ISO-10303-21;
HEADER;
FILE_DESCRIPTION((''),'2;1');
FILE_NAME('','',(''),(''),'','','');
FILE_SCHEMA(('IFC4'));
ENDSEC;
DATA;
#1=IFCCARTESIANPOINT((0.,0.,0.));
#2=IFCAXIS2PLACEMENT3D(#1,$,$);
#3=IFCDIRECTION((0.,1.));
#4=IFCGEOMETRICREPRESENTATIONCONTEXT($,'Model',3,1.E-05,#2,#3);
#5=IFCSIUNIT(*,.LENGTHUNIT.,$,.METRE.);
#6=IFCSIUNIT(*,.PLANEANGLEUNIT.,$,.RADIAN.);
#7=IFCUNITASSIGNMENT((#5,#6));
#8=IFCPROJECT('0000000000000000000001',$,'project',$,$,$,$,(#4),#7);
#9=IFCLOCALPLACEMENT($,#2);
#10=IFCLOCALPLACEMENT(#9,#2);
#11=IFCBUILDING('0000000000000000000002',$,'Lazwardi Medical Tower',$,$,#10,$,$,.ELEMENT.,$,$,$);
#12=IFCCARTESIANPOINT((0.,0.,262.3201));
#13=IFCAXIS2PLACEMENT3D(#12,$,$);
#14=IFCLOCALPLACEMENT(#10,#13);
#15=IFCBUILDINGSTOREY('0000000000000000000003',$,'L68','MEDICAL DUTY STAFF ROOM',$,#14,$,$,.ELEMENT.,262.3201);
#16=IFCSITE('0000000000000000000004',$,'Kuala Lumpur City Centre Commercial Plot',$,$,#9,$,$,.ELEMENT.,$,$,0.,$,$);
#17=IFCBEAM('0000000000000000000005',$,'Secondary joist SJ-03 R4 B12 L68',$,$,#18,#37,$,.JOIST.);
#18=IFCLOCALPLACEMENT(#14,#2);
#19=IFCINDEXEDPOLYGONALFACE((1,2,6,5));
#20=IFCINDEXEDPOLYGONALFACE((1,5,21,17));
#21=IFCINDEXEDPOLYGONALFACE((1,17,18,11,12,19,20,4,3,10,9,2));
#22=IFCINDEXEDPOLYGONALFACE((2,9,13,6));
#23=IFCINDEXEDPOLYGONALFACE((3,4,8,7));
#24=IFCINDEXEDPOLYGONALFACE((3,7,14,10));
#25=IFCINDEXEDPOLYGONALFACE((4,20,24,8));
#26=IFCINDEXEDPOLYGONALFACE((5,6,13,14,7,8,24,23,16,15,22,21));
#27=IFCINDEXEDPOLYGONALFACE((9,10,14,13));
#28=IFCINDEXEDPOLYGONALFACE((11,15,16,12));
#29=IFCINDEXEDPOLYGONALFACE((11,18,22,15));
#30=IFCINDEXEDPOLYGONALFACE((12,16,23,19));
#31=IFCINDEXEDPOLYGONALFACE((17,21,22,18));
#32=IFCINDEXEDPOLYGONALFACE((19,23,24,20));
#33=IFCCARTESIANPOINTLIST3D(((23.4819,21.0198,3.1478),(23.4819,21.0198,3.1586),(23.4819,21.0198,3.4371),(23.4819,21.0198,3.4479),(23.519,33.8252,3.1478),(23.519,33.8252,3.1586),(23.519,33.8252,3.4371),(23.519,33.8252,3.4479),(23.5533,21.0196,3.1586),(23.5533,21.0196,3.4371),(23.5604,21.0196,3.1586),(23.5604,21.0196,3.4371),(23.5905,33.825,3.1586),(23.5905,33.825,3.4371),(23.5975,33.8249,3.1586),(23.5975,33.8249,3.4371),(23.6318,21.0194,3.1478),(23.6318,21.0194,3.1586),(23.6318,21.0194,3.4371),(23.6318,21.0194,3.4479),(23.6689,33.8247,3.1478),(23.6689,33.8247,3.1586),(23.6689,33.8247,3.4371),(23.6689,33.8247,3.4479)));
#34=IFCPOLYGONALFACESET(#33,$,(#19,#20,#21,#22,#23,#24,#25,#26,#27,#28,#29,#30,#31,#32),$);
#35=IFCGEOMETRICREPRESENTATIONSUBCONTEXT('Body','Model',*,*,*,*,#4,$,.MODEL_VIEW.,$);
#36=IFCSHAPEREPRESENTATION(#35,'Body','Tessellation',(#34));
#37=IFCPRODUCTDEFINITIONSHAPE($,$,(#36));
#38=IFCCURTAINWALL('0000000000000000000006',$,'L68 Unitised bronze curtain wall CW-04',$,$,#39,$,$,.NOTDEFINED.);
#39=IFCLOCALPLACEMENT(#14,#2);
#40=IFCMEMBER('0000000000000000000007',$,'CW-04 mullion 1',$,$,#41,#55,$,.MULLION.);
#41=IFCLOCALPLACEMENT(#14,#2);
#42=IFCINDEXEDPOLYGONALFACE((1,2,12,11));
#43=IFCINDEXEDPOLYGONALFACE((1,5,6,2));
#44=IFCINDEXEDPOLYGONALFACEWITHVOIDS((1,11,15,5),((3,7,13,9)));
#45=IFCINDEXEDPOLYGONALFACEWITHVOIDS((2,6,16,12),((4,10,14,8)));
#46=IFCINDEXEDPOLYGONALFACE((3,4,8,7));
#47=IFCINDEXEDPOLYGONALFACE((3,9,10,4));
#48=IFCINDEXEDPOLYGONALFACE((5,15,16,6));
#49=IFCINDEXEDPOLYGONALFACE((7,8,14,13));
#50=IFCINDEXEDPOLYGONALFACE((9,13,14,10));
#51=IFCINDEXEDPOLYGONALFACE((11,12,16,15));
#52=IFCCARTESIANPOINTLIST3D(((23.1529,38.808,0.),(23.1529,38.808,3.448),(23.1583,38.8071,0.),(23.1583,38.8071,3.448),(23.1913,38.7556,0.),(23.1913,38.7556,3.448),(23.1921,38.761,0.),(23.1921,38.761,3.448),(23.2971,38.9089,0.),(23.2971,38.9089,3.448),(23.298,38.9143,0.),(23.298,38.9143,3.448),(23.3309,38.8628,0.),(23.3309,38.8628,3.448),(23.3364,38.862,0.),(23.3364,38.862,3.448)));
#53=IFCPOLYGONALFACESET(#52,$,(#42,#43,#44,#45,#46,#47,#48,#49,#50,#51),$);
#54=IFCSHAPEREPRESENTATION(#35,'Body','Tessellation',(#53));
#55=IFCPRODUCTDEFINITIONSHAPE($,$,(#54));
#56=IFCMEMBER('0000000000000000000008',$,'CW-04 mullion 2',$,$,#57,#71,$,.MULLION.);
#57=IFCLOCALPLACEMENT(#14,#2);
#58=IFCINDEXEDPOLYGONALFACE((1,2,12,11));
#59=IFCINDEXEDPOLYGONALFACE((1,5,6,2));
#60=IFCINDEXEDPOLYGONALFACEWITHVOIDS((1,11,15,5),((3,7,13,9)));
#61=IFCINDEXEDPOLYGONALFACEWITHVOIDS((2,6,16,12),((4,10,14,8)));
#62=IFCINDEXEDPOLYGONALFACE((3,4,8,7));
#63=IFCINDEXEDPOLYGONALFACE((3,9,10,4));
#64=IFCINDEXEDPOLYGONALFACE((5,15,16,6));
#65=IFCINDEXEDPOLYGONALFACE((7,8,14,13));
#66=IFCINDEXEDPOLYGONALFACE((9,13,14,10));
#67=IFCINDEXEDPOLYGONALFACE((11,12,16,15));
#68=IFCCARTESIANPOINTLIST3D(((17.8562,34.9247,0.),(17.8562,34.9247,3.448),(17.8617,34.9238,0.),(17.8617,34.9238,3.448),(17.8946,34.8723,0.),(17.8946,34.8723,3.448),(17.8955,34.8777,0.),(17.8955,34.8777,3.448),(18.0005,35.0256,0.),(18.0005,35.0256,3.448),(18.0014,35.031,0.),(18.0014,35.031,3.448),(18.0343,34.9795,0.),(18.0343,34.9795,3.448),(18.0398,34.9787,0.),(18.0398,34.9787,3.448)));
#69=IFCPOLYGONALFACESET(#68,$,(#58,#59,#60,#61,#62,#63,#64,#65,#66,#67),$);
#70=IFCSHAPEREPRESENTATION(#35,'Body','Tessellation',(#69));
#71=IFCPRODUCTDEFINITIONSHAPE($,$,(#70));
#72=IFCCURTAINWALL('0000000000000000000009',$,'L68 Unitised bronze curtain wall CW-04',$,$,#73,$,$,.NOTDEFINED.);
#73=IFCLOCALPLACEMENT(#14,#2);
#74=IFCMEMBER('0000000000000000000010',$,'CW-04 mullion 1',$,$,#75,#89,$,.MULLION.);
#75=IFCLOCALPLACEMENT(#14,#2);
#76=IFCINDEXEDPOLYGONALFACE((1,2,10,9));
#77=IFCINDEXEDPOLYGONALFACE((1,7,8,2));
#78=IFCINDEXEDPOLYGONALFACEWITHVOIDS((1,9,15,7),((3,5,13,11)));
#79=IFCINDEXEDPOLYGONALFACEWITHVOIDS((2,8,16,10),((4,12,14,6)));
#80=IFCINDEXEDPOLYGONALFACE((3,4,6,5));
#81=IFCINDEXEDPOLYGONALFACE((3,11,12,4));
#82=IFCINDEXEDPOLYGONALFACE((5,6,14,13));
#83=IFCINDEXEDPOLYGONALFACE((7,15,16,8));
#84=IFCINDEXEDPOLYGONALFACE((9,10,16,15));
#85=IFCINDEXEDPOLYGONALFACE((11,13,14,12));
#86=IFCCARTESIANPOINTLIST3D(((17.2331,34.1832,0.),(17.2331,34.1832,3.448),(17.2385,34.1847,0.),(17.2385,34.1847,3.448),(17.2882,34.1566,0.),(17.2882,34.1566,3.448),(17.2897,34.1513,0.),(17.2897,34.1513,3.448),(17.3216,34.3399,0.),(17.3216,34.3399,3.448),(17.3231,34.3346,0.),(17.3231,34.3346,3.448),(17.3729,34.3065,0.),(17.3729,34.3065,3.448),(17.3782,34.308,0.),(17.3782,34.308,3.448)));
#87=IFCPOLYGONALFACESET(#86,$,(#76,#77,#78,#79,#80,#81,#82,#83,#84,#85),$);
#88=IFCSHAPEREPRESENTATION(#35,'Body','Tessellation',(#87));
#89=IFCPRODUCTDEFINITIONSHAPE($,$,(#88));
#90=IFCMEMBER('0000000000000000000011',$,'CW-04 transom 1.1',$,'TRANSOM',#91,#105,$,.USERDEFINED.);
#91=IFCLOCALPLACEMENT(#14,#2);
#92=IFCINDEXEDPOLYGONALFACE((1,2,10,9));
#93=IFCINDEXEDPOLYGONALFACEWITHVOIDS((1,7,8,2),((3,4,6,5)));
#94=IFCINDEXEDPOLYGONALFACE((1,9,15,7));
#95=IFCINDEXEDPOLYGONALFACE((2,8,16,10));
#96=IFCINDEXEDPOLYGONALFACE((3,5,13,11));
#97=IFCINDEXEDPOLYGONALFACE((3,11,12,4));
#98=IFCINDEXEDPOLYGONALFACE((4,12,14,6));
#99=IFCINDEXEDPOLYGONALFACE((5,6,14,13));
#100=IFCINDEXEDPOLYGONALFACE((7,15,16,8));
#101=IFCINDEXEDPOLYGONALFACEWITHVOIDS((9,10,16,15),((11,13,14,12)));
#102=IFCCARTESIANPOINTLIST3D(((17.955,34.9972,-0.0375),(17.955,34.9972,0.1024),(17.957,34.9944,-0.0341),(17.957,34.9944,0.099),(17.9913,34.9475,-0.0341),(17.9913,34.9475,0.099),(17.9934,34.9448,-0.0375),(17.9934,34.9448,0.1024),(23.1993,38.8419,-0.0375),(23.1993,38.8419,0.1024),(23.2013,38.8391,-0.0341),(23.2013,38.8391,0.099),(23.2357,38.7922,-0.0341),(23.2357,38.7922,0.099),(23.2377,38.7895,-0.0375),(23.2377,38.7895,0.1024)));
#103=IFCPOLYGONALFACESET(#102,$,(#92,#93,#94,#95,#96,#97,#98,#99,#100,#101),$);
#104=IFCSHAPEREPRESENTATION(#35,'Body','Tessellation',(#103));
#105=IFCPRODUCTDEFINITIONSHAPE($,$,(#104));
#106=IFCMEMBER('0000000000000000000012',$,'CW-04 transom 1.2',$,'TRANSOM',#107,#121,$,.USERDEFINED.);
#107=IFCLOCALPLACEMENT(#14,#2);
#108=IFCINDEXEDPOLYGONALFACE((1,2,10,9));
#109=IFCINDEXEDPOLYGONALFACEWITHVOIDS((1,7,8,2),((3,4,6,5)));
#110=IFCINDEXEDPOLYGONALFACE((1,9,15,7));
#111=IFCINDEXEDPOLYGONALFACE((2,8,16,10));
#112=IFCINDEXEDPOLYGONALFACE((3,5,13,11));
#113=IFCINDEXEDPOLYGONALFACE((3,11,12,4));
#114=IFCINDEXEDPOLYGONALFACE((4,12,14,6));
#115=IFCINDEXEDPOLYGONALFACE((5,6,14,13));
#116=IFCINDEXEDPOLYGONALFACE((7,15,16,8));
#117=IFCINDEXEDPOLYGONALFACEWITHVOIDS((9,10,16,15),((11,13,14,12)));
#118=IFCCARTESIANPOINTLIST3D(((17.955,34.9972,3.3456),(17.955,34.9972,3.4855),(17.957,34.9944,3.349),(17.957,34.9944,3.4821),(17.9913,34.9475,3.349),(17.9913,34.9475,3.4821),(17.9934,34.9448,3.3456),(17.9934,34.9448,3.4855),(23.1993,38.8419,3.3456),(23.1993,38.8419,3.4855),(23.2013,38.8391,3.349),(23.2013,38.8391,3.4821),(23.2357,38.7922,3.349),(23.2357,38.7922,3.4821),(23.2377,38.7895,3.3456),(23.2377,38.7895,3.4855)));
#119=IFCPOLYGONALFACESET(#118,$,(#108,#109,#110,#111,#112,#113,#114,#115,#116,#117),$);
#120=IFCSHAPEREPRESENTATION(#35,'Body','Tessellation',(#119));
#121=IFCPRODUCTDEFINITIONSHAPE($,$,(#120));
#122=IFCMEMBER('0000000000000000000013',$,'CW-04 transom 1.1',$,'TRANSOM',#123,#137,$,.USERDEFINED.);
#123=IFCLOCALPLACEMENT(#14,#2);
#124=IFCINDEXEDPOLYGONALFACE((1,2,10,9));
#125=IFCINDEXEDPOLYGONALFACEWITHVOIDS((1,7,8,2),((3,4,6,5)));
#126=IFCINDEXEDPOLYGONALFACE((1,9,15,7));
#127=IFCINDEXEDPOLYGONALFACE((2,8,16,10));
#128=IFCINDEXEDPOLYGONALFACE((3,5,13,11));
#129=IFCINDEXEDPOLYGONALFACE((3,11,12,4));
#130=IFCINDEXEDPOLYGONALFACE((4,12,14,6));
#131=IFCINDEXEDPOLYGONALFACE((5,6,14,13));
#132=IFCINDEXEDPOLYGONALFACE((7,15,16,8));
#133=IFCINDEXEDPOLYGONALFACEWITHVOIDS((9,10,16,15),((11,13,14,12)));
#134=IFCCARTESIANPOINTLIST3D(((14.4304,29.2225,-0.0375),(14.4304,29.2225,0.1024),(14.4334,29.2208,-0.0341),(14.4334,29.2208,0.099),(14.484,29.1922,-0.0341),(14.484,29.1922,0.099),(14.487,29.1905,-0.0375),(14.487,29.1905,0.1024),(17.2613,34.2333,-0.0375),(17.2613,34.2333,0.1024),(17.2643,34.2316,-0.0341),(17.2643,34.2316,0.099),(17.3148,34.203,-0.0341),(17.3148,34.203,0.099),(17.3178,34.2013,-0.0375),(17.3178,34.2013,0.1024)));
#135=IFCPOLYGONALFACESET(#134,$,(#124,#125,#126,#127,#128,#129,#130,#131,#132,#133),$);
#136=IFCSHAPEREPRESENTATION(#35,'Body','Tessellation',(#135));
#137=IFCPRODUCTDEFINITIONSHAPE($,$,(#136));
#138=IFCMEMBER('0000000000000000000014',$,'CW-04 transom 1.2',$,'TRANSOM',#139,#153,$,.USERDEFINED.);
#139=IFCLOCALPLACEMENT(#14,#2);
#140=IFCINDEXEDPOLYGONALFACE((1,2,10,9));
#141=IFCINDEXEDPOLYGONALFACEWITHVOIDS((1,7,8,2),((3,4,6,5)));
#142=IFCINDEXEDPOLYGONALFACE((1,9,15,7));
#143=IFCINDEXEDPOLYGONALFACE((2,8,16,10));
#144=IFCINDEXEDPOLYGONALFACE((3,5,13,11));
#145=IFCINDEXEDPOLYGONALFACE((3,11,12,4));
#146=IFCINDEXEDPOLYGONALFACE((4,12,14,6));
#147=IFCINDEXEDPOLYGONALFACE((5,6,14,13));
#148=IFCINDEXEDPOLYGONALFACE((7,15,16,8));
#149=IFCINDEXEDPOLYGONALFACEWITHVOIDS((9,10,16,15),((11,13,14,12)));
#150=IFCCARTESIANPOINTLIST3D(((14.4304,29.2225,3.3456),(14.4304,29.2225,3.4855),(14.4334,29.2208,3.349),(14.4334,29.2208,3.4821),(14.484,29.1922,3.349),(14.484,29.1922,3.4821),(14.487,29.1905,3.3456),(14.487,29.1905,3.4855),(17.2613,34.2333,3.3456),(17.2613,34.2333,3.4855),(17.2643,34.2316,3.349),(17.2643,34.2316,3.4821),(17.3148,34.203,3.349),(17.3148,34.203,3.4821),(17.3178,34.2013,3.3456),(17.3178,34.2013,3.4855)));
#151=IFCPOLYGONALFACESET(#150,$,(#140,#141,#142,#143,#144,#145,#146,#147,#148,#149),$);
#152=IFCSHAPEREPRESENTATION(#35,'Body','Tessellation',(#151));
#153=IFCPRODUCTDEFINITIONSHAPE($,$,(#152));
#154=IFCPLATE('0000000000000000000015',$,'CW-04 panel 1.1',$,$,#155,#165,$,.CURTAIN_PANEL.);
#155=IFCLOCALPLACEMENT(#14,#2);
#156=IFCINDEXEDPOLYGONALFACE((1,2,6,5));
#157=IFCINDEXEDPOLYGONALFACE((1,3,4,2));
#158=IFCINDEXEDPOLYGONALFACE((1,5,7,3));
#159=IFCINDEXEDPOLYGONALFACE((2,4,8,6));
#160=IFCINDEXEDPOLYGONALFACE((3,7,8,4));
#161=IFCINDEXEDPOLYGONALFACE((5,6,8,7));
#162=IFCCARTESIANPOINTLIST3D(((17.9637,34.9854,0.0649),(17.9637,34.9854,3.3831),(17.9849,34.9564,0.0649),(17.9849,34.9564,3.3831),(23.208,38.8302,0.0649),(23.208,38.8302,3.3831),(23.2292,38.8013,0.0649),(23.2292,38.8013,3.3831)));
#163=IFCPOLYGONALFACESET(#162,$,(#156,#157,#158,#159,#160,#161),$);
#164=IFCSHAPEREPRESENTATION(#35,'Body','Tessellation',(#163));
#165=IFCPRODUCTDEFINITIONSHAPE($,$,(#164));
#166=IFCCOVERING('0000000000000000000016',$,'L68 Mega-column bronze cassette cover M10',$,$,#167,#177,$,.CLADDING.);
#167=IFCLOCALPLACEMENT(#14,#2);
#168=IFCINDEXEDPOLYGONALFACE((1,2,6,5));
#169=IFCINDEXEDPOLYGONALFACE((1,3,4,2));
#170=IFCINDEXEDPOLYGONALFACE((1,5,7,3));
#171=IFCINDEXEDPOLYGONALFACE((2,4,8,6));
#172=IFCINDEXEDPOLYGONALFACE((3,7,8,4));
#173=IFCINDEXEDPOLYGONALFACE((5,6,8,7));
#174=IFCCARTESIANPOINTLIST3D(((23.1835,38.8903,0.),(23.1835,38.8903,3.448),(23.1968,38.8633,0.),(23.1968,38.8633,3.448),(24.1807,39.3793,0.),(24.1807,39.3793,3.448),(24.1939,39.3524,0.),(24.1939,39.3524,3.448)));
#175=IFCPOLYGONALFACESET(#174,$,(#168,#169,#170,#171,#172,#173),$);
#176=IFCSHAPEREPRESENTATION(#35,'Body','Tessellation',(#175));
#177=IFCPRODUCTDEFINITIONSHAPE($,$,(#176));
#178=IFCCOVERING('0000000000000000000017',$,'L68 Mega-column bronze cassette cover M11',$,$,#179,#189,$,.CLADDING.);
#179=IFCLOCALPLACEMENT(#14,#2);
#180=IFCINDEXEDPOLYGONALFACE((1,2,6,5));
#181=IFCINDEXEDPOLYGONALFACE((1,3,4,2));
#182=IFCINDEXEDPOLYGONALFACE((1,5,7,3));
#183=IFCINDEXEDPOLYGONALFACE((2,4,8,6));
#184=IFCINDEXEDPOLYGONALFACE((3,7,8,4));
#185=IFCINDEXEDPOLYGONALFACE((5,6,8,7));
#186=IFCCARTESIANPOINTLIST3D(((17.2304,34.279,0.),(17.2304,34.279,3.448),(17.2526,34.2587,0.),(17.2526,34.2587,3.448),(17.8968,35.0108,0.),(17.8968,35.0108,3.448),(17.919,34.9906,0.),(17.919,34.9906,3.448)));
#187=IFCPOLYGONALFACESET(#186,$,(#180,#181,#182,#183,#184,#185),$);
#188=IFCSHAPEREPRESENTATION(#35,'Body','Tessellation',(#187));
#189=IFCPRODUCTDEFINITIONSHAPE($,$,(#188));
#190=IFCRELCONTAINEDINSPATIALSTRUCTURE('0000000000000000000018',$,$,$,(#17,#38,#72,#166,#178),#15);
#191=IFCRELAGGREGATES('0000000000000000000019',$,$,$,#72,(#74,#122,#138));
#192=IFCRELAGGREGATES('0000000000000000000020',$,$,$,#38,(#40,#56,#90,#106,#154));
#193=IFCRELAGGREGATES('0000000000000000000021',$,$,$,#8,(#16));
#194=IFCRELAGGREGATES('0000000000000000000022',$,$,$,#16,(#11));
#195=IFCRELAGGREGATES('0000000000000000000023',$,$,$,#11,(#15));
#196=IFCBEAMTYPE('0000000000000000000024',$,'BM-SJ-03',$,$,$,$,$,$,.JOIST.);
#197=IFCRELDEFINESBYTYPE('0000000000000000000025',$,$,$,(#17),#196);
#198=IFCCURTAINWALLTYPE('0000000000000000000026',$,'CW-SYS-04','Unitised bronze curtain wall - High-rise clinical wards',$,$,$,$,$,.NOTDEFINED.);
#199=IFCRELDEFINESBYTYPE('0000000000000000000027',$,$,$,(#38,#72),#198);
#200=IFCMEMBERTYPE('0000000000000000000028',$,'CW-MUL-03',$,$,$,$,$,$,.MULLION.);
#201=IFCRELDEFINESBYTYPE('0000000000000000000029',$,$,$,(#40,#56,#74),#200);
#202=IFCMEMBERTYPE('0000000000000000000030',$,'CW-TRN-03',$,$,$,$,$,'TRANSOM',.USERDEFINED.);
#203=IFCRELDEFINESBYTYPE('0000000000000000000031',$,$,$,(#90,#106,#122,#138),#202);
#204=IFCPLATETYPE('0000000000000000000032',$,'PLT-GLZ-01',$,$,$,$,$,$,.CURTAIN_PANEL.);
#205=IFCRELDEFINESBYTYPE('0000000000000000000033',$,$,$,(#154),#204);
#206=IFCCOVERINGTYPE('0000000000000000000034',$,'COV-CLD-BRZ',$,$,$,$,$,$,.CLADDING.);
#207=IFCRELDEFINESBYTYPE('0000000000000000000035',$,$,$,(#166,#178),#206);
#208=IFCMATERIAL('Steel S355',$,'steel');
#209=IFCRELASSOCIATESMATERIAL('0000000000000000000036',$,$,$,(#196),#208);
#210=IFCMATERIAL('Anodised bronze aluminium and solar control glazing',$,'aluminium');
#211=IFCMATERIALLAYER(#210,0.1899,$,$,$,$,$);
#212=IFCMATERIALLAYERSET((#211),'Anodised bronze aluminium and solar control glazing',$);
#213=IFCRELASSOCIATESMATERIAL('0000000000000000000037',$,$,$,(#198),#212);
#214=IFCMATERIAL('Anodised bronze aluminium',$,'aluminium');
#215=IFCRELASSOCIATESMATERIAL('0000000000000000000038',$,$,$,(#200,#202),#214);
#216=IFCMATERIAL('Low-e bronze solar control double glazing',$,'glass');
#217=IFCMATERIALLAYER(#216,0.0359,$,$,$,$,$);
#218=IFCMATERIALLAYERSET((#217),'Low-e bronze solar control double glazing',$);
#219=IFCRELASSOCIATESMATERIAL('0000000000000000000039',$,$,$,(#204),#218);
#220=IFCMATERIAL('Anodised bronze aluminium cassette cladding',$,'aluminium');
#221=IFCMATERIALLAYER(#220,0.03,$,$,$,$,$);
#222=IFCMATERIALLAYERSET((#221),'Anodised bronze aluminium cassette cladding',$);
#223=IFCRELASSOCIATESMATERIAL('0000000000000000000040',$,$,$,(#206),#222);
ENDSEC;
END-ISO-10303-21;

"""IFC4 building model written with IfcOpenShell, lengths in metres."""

from ifc_helpers import new_model, si_unit, direction, frame, origin, origin_2d, place, context, subcontext, project, spatial, rectangle, hollow_rectangle, i_section, extrude, material, layer, layer_set, material_profile, profile_set, type_object, element, aggregate, save


model = new_model("IFC4")

# Units and contexts
model_context = context("Model", 3, precision=1e-05, world=origin(), true_north=direction((0.0, 1.0)))
body_context = subcontext(model_context, "Body", "Model", "MODEL_VIEW")
ifc_project = project(units=[si_unit("LENGTHUNIT", "METRE"), si_unit("PLANEANGLEUNIT", "RADIAN")], contexts=[model_context])

# Site, building, storey
site_placement = place(None, origin())
site = spatial("IfcSite", under=ifc_project, at=site_placement, Name="Kuala Lumpur City Centre Commercial Plot", CompositionType="ELEMENT", RefElevation=0.0)
building_placement = place(site_placement, origin())
building = spatial("IfcBuilding", under=site, at=building_placement, Name="Lazwardi Medical Tower", CompositionType="ELEMENT")
storey_placement = place(building_placement, frame((0.0, 0.0, 262.3201)))
storey = spatial("IfcBuildingStorey", under=building, at=storey_placement, Name="L68", Description="MEDICAL DUTY STAFF ROOM", CompositionType="ELEMENT", Elevation=262.3201)

# Beam
ifc_material_1 = material(Name="Steel S355", Category="steel")
ifc_material_profile_1 = material_profile(ifc_material_1, i_section(OverallWidth=0.1499, OverallDepth=0.3, WebThickness=0.0071, FlangeThickness=0.0107, at=origin_2d()), Name="IPE 300")
ifc_profile_set_1 = profile_set([ifc_material_profile_1], Name="Steel S355")
beam_type_1 = type_object("IfcBeamType", Name="BM-SJ-03", PredefinedType="JOIST", material=ifc_profile_set_1)
beam_1_placement = place(storey_placement, frame((23.594, 33.825, 3.2979), z_axis=(-0.002898, -0.999996, 0.0), x_axis=(0.999996, -0.002898, 0.0)))
element("IfcBeam", 1, at=beam_1_placement, inside=storey, type_object=beam_type_1, Name="Secondary joist SJ-03 R4 B12 L68", PredefinedType="JOIST", context=body_context, shape_type="SweptSolid", body=[
    extrude(i_section(OverallWidth=0.1499, OverallDepth=0.3, WebThickness=0.0071, FlangeThickness=0.0107, at=origin_2d()), origin(), (0.0, 0.0, 1.0), 12.8054),
])

# Curtain wall, members
ifc_material_2 = material(Name="Anodised bronze aluminium and solar control glazing", Category="aluminium")
ifc_layer_1 = layer(ifc_material_2, 0.1899)
ifc_layer_set_1 = layer_set([ifc_layer_1], Name="Anodised bronze aluminium and solar control glazing")
curtain_wall_type = type_object("IfcCurtainWallType", Name="CW-SYS-04", Description="Unitised bronze curtain wall - High-rise clinical wards", PredefinedType="NOTDEFINED", material=ifc_layer_set_1)
curtain_wall_1_placement = place(storey_placement, origin())
curtain_wall_1 = element("IfcCurtainWall", 2, at=curtain_wall_1_placement, inside=storey, type_object=curtain_wall_type, Name="L68 Unitised bronze curtain wall CW-04", PredefinedType="NOTDEFINED")
ifc_material_3 = material(Name="Anodised bronze aluminium", Category="aluminium")
ifc_material_profile_2 = material_profile(ifc_material_3, hollow_rectangle(XDim=0.0649, YDim=0.1799, WallThickness=0.0039, at=origin_2d()), Name="ALU-MULLION 180x65x4")
ifc_profile_set_2 = profile_set([ifc_material_profile_2], Name="Anodised bronze aluminium")
member_type_1 = type_object("IfcMemberType", Name="CW-MUL-03", PredefinedType="MULLION", material=ifc_profile_set_2)
member_1_placement = place(storey_placement, frame((23.2446, 38.835, 0.0), z_axis=(0.0, 0.0, 1.0), x_axis=(0.591268, -0.806475, 0.0)))
member_1 = element("IfcMember", 3, at=member_1_placement, type_object=member_type_1, Name="CW-04 mullion 1", PredefinedType="MULLION", context=body_context, shape_type="SweptSolid", body=[
    extrude(hollow_rectangle(XDim=0.0649, YDim=0.1799, WallThickness=0.0039, at=origin_2d()), origin(), (0.0, 0.0, 1.0), 3.448),
])
member_2_placement = place(storey_placement, frame((17.948, 34.9517, 0.0), z_axis=(0.0, 0.0, 1.0), x_axis=(0.591268, -0.806475, 0.0)))
member_2 = element("IfcMember", 4, at=member_2_placement, type_object=member_type_1, Name="CW-04 mullion 2", PredefinedType="MULLION", context=body_context, shape_type="SweptSolid", body=[
    extrude(hollow_rectangle(XDim=0.0649, YDim=0.1799, WallThickness=0.0039, at=origin_2d()), origin(), (0.0, 0.0, 1.0), 3.448),
])

# Curtain wall, member
curtain_wall_2_placement = place(storey_placement, origin())
curtain_wall_2 = element("IfcCurtainWall", 5, at=curtain_wall_2_placement, inside=storey, type_object=curtain_wall_type, Name="L68 Unitised bronze curtain wall CW-04", PredefinedType="NOTDEFINED")
member_3_placement = place(storey_placement, frame((17.3057, 34.2456, 0.0), z_axis=(0.0, 0.0, 1.0), x_axis=(0.870651, -0.4919, 0.0)))
member_3 = element("IfcMember", 6, at=member_3_placement, type_object=member_type_1, Name="CW-04 mullion 1", PredefinedType="MULLION", context=body_context, shape_type="SweptSolid", body=[
    extrude(hollow_rectangle(XDim=0.0649, YDim=0.1799, WallThickness=0.0039, at=origin_2d()), origin(), (0.0, 0.0, 1.0), 3.448),
])

# Members
ifc_material_profile_3 = material_profile(ifc_material_3, hollow_rectangle(XDim=0.0649, YDim=0.1399, WallThickness=0.0034, at=origin_2d()), Name="ALU-TRANSOM 140x65x3.5")
ifc_profile_set_3 = profile_set([ifc_material_profile_3], Name="Anodised bronze aluminium")
member_type_2 = type_object("IfcMemberType", Name="CW-TRN-03", ElementType="TRANSOM", PredefinedType="USERDEFINED", material=ifc_profile_set_3)
member_4_placement = place(storey_placement, frame((23.2185, 38.8157, 0.0325), z_axis=(-0.80649, -0.591248, 0.0), x_axis=(0.591248, -0.80649, 0.0)))
member_4 = element("IfcMember", 7, at=member_4_placement, type_object=member_type_2, Name="CW-04 transom 1.1", ObjectType="TRANSOM", PredefinedType="USERDEFINED", context=body_context, shape_type="SweptSolid", body=[
    extrude(hollow_rectangle(XDim=0.0649, YDim=0.1399, WallThickness=0.0034, at=origin_2d()), origin(), (0.0, 0.0, 1.0), 6.5027),
])
member_5_placement = place(storey_placement, frame((23.2185, 38.8157, 3.4155), z_axis=(-0.80649, -0.591248, 0.0), x_axis=(0.591248, -0.80649, 0.0)))
member_5 = element("IfcMember", 8, at=member_5_placement, type_object=member_type_2, Name="CW-04 transom 1.2", ObjectType="TRANSOM", PredefinedType="USERDEFINED", context=body_context, shape_type="SweptSolid", body=[
    extrude(hollow_rectangle(XDim=0.0649, YDim=0.1399, WallThickness=0.0034, at=origin_2d()), origin(), (0.0, 0.0, 1.0), 6.5027),
])
member_6_placement = place(storey_placement, frame((17.2896, 34.2173, 0.0325), z_axis=(-0.49188, -0.870663, 0.0), x_axis=(0.870663, -0.49188, 0.0)))
member_6 = element("IfcMember", 9, at=member_6_placement, type_object=member_type_2, Name="CW-04 transom 1.1", ObjectType="TRANSOM", PredefinedType="USERDEFINED", context=body_context, shape_type="SweptSolid", body=[
    extrude(hollow_rectangle(XDim=0.0649, YDim=0.1399, WallThickness=0.0034, at=origin_2d()), origin(), (0.0, 0.0, 1.0), 5.7551),
])
member_7_placement = place(storey_placement, frame((17.2896, 34.2173, 3.4155), z_axis=(-0.49188, -0.870663, 0.0), x_axis=(0.870663, -0.49188, 0.0)))
member_7 = element("IfcMember", 10, at=member_7_placement, type_object=member_type_2, Name="CW-04 transom 1.2", ObjectType="TRANSOM", PredefinedType="USERDEFINED", context=body_context, shape_type="SweptSolid", body=[
    extrude(hollow_rectangle(XDim=0.0649, YDim=0.1399, WallThickness=0.0034, at=origin_2d()), origin(), (0.0, 0.0, 1.0), 5.7551),
])
aggregate(curtain_wall_2, [member_3, member_6, member_7])

# Plate
ifc_material_4 = material(Name="Low-e bronze solar control double glazing", Category="glass")
ifc_layer_2 = layer(ifc_material_4, 0.0359)
ifc_layer_set_2 = layer_set([ifc_layer_2], Name="Low-e bronze solar control double glazing")
plate_type = type_object("IfcPlateType", Name="PLT-GLZ-01", PredefinedType="CURTAIN_PANEL", material=ifc_layer_set_2)
plate_placement = place(storey_placement, frame((20.5964, 36.8933, 0.0649), z_axis=(0.0, 0.0, 1.0), x_axis=(-0.806475, -0.591268, 0.0)))
plate = element("IfcPlate", 11, at=plate_placement, type_object=plate_type, Name="CW-04 panel 1.1", PredefinedType="CURTAIN_PANEL", context=body_context, shape_type="SweptSolid", body=[
    extrude(rectangle(XDim=6.5027, YDim=0.0359, at=origin_2d()), origin(), (0.0, 0.0, 1.0), 3.3181),
])
aggregate(curtain_wall_1, [member_1, member_2, member_4, member_5, plate])

# Coverings
ifc_material_5 = material(Name="Anodised bronze aluminium cassette cladding", Category="aluminium")
ifc_layer_3 = layer(ifc_material_5, 0.03)
ifc_layer_set_3 = layer_set([ifc_layer_3], Name="Anodised bronze aluminium cassette cladding")
covering_type = type_object("IfcCoveringType", Name="COV-CLD-BRZ", PredefinedType="CLADDING", material=ifc_layer_set_3)
covering_1_placement = place(storey_placement, frame((23.6887, 39.1213, 0.0), z_axis=(0.0, 0.0, 1.0), x_axis=(-0.89784, -0.440322, 0.0)))
element("IfcCovering", 12, at=covering_1_placement, inside=storey, type_object=covering_type, Name="L68 Mega-column bronze cassette cover M10", PredefinedType="CLADDING", context=body_context, shape_type="SweptSolid", body=[
    extrude(rectangle(XDim=1.1106, YDim=0.03, at=origin_2d()), origin(), (0.0, 0.0, 1.0), 3.448),
])
covering_2_placement = place(storey_placement, frame((17.5747, 34.6348, 0.0), z_axis=(0.0, 0.0, 1.0), x_axis=(-0.673241, -0.739423, 0.0)))
element("IfcCovering", 13, at=covering_2_placement, inside=storey, type_object=covering_type, Name="L68 Mega-column bronze cassette cover M11", PredefinedType="CLADDING", context=body_context, shape_type="SweptSolid", body=[
    extrude(rectangle(XDim=0.9897, YDim=0.03, at=origin_2d()), origin(), (0.0, 0.0, 1.0), 3.448),
])

save(model, "model.ifc")
